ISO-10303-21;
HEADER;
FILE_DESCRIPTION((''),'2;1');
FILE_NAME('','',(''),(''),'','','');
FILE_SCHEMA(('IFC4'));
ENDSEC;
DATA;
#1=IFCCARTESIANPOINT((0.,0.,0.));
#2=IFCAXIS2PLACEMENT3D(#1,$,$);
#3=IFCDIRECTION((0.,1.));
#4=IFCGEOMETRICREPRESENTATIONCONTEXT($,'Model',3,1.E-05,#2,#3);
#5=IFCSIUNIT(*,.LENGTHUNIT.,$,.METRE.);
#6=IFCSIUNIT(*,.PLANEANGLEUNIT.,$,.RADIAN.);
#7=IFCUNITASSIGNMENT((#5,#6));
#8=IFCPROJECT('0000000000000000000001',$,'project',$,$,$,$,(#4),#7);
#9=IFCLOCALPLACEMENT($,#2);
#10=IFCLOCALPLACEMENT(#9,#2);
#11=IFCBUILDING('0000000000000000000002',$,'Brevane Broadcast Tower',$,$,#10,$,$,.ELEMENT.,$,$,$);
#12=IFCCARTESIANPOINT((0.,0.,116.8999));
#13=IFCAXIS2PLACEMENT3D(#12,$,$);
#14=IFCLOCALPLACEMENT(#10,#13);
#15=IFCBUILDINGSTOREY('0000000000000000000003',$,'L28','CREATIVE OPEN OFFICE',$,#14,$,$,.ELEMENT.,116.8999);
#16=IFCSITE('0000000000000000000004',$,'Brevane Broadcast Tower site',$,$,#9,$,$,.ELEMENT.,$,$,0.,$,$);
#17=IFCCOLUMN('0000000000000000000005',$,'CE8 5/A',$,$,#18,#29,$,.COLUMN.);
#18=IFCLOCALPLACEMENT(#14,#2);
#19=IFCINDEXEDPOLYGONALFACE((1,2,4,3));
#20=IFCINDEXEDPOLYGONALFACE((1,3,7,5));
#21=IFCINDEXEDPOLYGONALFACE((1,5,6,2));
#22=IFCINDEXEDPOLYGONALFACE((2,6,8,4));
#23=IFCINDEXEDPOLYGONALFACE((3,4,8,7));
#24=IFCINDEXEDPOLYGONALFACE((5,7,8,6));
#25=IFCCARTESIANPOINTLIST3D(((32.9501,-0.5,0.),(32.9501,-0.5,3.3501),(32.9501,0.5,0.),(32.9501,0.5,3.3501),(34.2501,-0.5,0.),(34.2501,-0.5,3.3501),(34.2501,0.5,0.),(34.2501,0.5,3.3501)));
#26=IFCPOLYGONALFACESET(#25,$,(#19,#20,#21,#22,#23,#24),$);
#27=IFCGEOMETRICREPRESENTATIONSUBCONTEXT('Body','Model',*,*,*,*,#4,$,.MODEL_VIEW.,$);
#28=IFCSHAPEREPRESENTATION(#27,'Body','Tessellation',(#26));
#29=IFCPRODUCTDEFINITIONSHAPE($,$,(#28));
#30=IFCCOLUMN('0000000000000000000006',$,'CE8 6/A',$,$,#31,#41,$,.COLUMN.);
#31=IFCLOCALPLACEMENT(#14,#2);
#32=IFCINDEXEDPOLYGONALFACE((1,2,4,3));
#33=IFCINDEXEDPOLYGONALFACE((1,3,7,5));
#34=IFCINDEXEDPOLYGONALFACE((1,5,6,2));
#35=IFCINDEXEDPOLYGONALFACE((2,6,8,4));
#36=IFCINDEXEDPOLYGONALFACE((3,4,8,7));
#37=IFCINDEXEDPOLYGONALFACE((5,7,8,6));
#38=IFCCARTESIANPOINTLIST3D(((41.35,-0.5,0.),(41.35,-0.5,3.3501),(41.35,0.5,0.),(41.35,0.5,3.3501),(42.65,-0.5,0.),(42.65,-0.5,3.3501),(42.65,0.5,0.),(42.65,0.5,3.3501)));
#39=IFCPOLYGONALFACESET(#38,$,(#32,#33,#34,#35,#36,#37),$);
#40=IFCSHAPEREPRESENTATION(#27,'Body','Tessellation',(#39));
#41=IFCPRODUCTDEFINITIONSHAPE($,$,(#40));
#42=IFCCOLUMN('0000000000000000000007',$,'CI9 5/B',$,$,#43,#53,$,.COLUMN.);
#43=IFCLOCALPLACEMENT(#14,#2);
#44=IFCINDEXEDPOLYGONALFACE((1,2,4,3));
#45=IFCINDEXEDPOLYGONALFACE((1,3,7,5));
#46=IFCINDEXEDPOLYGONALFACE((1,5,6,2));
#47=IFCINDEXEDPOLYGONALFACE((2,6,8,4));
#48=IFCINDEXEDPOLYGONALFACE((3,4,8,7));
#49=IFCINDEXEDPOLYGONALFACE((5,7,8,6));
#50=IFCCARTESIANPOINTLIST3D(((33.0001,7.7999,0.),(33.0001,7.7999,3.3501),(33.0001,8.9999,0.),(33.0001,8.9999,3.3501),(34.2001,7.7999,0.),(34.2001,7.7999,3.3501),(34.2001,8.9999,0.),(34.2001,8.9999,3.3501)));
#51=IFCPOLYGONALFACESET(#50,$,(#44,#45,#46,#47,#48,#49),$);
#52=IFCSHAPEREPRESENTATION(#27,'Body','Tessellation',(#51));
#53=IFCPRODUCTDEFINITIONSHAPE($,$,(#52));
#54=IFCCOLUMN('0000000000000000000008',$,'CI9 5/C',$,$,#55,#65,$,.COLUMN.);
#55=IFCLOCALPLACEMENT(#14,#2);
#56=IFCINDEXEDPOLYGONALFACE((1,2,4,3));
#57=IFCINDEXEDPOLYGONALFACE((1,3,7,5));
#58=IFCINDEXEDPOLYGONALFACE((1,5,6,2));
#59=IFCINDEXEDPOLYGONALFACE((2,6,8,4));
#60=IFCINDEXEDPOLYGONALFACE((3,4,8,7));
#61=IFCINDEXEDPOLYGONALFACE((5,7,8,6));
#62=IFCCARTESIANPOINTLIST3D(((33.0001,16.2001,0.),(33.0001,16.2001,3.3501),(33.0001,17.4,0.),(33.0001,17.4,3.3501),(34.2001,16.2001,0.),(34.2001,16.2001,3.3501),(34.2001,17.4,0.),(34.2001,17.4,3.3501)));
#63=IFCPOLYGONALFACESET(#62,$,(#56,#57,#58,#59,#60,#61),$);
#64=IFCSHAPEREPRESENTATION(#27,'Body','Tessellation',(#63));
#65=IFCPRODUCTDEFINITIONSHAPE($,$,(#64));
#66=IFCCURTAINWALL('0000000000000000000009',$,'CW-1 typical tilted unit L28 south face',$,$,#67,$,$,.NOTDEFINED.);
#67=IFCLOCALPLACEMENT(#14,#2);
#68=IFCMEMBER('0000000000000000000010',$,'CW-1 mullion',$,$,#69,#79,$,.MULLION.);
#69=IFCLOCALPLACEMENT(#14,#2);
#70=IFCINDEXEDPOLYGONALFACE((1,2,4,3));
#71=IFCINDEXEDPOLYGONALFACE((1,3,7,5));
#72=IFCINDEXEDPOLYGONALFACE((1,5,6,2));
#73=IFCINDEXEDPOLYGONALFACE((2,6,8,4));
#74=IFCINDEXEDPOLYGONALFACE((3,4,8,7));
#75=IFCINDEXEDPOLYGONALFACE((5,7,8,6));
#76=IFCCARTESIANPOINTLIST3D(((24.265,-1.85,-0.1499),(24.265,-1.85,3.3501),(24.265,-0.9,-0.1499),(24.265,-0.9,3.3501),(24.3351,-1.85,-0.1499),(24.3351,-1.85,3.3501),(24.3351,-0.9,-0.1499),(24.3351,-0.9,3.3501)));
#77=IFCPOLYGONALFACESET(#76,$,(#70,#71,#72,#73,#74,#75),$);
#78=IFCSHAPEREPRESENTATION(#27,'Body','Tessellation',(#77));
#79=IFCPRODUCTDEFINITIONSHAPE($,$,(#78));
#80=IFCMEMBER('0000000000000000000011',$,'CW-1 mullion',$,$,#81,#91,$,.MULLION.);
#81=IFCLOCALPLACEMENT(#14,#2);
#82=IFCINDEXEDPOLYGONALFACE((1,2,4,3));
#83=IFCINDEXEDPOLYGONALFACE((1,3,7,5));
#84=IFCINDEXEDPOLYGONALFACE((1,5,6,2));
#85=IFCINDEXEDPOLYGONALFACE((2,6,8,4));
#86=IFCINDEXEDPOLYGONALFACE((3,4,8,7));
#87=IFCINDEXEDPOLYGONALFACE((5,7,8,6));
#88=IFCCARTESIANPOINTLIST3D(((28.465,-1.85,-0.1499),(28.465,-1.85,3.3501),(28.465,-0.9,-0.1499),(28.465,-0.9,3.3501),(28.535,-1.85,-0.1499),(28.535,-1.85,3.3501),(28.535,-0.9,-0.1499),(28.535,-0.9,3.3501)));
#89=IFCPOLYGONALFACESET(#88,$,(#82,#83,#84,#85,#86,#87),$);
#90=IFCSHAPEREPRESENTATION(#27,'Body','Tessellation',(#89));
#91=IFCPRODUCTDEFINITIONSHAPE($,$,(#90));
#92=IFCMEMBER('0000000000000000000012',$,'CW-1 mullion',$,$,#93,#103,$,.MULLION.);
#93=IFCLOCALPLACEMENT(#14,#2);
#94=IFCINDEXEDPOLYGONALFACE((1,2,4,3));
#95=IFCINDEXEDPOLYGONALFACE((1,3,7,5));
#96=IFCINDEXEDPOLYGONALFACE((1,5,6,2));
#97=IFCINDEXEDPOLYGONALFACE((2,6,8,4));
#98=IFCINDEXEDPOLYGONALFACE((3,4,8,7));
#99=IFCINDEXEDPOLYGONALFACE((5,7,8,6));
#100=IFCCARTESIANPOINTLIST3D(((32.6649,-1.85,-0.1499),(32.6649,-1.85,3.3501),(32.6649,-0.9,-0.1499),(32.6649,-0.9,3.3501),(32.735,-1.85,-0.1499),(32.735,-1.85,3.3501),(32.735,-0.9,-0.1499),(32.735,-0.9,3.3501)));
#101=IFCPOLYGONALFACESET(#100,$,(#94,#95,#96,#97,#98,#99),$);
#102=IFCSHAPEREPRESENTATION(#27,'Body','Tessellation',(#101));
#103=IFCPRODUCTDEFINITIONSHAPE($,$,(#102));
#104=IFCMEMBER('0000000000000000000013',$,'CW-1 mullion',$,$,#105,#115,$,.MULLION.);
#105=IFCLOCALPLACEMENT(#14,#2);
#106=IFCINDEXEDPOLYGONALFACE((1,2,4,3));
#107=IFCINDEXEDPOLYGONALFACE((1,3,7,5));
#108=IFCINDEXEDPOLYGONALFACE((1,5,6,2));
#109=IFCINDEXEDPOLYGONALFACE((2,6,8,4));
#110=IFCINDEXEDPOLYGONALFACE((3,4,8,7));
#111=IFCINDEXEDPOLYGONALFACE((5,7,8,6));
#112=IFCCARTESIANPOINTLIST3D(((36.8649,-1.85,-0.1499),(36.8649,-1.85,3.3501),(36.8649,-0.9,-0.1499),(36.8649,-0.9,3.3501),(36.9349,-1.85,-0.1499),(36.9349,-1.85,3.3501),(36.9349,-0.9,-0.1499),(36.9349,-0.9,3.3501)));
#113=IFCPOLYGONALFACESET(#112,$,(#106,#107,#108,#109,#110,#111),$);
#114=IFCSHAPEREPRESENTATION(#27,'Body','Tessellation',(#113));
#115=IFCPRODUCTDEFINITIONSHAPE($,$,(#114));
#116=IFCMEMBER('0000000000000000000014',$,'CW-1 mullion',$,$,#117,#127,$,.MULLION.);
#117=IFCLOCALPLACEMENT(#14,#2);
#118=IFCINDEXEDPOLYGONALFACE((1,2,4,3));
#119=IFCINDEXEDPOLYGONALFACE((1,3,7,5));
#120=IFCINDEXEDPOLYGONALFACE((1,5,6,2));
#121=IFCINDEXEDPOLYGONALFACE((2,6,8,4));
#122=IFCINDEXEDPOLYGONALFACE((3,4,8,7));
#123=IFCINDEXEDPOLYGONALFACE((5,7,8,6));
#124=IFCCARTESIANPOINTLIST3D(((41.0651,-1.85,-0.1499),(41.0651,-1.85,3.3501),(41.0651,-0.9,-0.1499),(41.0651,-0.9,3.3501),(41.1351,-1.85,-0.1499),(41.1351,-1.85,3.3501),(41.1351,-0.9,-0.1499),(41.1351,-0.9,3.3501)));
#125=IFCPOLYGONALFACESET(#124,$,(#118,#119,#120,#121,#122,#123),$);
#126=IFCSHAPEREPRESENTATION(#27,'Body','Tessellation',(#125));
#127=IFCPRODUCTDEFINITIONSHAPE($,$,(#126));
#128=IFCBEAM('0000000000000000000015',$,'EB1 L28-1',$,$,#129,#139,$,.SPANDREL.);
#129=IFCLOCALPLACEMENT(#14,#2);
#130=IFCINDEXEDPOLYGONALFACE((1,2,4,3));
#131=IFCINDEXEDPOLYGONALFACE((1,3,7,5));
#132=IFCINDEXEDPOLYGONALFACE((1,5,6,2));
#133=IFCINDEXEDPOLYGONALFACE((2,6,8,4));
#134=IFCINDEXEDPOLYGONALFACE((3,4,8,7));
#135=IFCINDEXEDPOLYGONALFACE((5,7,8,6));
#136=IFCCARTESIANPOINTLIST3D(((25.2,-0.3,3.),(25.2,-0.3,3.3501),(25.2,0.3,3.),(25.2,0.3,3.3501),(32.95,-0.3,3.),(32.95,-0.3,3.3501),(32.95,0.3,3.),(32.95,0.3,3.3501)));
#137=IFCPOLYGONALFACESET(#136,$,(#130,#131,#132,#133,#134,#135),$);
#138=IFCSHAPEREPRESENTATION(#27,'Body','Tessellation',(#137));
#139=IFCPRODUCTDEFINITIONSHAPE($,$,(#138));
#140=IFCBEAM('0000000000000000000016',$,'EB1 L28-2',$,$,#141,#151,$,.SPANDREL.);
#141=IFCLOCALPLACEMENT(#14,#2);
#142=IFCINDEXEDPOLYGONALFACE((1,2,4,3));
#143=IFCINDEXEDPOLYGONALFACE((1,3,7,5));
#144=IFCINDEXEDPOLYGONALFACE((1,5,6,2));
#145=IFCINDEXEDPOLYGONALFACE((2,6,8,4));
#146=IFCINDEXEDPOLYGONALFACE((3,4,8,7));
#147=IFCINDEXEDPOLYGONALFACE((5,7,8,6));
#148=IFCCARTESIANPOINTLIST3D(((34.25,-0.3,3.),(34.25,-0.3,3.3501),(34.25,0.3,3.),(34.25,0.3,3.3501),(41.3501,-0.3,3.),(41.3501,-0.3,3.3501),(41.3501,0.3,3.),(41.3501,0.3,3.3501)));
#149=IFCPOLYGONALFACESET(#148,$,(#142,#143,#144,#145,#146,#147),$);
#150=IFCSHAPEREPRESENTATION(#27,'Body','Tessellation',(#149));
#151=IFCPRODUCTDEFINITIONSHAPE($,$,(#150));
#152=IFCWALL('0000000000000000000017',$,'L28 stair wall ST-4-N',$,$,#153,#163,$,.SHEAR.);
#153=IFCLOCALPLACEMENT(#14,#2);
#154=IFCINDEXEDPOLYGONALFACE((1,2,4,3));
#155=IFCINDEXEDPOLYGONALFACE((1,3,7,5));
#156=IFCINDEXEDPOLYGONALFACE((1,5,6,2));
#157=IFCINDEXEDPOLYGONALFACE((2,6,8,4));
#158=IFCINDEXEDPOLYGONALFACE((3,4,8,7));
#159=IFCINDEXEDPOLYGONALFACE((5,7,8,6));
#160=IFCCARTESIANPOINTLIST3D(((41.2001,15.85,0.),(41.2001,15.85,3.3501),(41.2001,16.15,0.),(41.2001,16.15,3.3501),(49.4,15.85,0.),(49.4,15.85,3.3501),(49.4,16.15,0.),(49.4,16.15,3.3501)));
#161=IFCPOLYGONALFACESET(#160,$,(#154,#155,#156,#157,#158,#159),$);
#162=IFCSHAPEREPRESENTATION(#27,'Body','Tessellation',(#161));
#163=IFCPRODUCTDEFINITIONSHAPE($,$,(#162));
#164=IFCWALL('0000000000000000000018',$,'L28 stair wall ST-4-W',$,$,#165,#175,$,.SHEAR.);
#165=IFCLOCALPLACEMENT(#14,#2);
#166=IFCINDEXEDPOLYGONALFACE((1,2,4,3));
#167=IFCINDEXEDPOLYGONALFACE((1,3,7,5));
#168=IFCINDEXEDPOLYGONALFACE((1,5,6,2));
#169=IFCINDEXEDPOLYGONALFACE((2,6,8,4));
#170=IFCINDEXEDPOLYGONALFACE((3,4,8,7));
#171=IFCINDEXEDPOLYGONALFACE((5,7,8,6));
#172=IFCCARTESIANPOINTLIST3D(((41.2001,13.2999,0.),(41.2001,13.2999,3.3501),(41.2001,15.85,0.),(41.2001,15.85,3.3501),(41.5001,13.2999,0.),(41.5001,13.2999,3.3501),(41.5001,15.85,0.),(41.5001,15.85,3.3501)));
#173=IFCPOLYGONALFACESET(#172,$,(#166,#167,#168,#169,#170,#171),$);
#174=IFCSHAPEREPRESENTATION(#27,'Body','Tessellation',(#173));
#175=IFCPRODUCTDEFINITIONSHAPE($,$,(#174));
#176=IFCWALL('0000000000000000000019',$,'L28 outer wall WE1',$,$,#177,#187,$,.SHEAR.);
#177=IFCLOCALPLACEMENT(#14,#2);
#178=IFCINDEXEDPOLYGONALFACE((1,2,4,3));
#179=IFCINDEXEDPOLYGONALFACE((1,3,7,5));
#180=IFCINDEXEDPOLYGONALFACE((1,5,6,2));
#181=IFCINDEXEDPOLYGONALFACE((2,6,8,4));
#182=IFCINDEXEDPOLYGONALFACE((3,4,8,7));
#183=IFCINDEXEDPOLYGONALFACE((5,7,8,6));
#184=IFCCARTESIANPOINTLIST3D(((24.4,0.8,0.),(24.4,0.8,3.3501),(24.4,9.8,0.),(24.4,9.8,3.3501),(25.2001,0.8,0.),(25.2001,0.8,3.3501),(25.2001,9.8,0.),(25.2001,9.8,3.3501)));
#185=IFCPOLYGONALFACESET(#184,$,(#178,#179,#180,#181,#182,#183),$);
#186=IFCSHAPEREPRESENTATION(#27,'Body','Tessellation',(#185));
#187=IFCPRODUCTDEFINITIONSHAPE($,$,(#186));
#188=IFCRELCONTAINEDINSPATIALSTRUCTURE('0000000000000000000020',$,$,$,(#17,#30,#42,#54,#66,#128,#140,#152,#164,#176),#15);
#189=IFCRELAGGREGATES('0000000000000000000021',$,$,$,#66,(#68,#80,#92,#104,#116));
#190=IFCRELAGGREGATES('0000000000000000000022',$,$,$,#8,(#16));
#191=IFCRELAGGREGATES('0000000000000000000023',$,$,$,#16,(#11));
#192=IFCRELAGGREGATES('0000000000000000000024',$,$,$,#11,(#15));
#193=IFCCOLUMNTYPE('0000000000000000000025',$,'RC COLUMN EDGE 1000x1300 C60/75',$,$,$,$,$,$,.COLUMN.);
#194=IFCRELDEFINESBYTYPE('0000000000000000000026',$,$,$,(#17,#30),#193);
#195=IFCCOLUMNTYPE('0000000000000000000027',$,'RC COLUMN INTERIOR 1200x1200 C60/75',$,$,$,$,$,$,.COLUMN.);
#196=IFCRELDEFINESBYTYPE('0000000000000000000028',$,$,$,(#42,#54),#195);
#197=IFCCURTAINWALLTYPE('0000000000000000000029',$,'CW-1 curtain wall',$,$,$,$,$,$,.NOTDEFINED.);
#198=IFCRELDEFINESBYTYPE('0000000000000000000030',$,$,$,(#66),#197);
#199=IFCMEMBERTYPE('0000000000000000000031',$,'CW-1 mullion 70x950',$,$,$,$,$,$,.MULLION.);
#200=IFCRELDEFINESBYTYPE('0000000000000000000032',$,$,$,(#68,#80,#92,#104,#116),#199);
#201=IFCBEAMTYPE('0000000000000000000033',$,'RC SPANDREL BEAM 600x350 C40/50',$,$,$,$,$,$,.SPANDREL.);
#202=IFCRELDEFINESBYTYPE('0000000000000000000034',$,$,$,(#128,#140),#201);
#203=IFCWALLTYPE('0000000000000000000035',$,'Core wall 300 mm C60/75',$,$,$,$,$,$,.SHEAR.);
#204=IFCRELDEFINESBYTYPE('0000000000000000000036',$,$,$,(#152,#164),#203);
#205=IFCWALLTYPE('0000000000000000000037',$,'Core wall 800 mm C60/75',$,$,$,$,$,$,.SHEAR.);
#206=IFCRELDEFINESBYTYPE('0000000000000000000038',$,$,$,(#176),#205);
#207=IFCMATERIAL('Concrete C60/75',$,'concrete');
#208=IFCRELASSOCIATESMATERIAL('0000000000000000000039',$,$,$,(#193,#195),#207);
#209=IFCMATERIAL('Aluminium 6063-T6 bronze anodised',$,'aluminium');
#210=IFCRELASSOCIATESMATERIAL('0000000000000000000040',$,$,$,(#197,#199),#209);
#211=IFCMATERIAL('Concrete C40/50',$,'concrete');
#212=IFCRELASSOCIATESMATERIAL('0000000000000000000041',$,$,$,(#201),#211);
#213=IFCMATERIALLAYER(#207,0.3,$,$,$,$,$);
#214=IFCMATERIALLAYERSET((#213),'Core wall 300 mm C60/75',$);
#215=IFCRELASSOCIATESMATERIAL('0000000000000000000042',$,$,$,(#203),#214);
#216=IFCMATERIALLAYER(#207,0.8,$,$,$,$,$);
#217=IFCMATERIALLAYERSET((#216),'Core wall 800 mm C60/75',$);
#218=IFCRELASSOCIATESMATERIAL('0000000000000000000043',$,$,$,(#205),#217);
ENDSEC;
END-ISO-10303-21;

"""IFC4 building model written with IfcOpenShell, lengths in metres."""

from ifc_helpers import new_model, si_unit, direction, frame, frame_2d, origin, origin_2d, place, context, subcontext, project, spatial, rectangle, extrude, material, layer, layer_set, material_profile, profile_set, type_object, element, aggregate, save


model = new_model("IFC4")

# Units and contexts
model_context = context("Model", 3, precision=1e-05, world=origin(), true_north=direction((0.0, 1.0)))
body_context = subcontext(model_context, "Body", "Model", "MODEL_VIEW")
ifc_project = project(units=[si_unit("LENGTHUNIT", "METRE"), si_unit("PLANEANGLEUNIT", "RADIAN")], contexts=[model_context])

# Site, building, storey
site_placement = place(None, origin())
site = spatial("IfcSite", under=ifc_project, at=site_placement, Name="Brevane Broadcast Tower site", CompositionType="ELEMENT", RefElevation=0.0)
building_placement = place(site_placement, origin())
building = spatial("IfcBuilding", under=site, at=building_placement, Name="Brevane Broadcast Tower", CompositionType="ELEMENT")
storey_placement = place(building_placement, frame((0.0, 0.0, 116.8999)))
storey = spatial("IfcBuildingStorey", under=building, at=storey_placement, Name="L28", Description="CREATIVE OPEN OFFICE", CompositionType="ELEMENT", Elevation=116.8999)

# Columns
ifc_material_1 = material(Name="Concrete C60/75", Category="concrete")
ifc_material_profile_1 = material_profile(ifc_material_1, rectangle(XDim=1.0, YDim=1.3, at=origin_2d()), Name="RC 1000x1300")
ifc_profile_set_1 = profile_set([ifc_material_profile_1], Name="Concrete C60/75")
column_type_1 = type_object("IfcColumnType", Name="RC COLUMN EDGE 1000x1300 C60/75", PredefinedType="COLUMN", material=ifc_profile_set_1)
for number, where, z_axis, x_axis, name in (
    (1, (33.6001, 0.0, 0.0), (0.0, 0.0, 1.0), (0.0, 1.0, 0.0), "CE8 5/A"),
    (2, (42.0, 0.0, 0.0), (0.0, 0.0, 1.0), (0.0, 1.0, 0.0), "CE8 6/A"),
):
    element("IfcColumn", number, at=place(storey_placement, frame(where, z_axis=z_axis, x_axis=x_axis)), inside=storey, type_object=column_type_1, Name=name, PredefinedType="COLUMN", context=body_context, shape_type="SweptSolid", body=[
        extrude(rectangle(XDim=1.0, YDim=1.3, at=origin_2d()), origin(), (0.0, 0.0, 1.0), 3.3501),
    ])
ifc_material_profile_2 = material_profile(ifc_material_1, rectangle(XDim=1.2, YDim=1.2, at=origin_2d()), Name="RC 1200x1200")
ifc_profile_set_2 = profile_set([ifc_material_profile_2], Name="Concrete C60/75")
column_type_2 = type_object("IfcColumnType", Name="RC COLUMN INTERIOR 1200x1200 C60/75", PredefinedType="COLUMN", material=ifc_profile_set_2)
for number, where, z_axis, x_axis, name in (
    (3, (33.6001, 8.3999, 0.0), (0.0, 0.0, 1.0), (1.0, 0.0, 0.0), "CI9 5/B"),
    (4, (33.6001, 16.8, 0.0), (0.0, 0.0, 1.0), (1.0, 0.0, 0.0), "CI9 5/C"),
):
    element("IfcColumn", number, at=place(storey_placement, frame(where, z_axis=z_axis, x_axis=x_axis)), inside=storey, type_object=column_type_2, Name=name, PredefinedType="COLUMN", context=body_context, shape_type="SweptSolid", body=[
        extrude(rectangle(XDim=1.2, YDim=1.2, at=origin_2d()), origin(), (0.0, 0.0, 1.0), 3.3501),
    ])

# Curtain wall, members
ifc_material_2 = material(Name="Aluminium 6063-T6 bronze anodised", Category="aluminium")
curtain_wall_type = type_object("IfcCurtainWallType", Name="CW-1 curtain wall", PredefinedType="NOTDEFINED", material=ifc_material_2)
curtain_wall_placement = place(storey_placement, origin())
curtain_wall = element("IfcCurtainWall", 5, at=curtain_wall_placement, inside=storey, type_object=curtain_wall_type, Name="CW-1 typical tilted unit L28 south face", PredefinedType="NOTDEFINED")
ifc_material_profile_3 = material_profile(ifc_material_2, rectangle(XDim=0.95, YDim=0.0701, at=origin_2d()), Name="RECT 70x950")
ifc_profile_set_3 = profile_set([ifc_material_profile_3], Name="Aluminium 6063-T6 bronze anodised")
member_type = type_object("IfcMemberType", Name="CW-1 mullion 70x950", PredefinedType="MULLION", material=ifc_profile_set_3)
member_1_placement = place(storey_placement, frame((24.3, -1.375, -0.1499), z_axis=(0.0, 0.0, 1.0), x_axis=(0.0, 1.0, 0.0)))
member_1 = element("IfcMember", 6, at=member_1_placement, type_object=member_type, Name="CW-1 mullion", PredefinedType="MULLION", context=body_context, shape_type="SweptSolid", body=[
    extrude(rectangle(XDim=0.95, YDim=0.0701, at=origin_2d()), origin(), (0.0, 0.0, 1.0), 3.5),
])
member_2_placement = place(storey_placement, frame((28.5, -1.375, -0.1499), z_axis=(0.0, 0.0, 1.0), x_axis=(0.0, 1.0, 0.0)))
member_2 = element("IfcMember", 7, at=member_2_placement, type_object=member_type, Name="CW-1 mullion", PredefinedType="MULLION", context=body_context, shape_type="SweptSolid", body=[
    extrude(rectangle(XDim=0.95, YDim=0.0701, at=origin_2d()), origin(), (0.0, 0.0, 1.0), 3.5),
])
member_3_placement = place(storey_placement, frame((32.7, -1.375, -0.1499), z_axis=(0.0, 0.0, 1.0), x_axis=(0.0, 1.0, 0.0)))
member_3 = element("IfcMember", 8, at=member_3_placement, type_object=member_type, Name="CW-1 mullion", PredefinedType="MULLION", context=body_context, shape_type="SweptSolid", body=[
    extrude(rectangle(XDim=0.95, YDim=0.0701, at=origin_2d()), origin(), (0.0, 0.0, 1.0), 3.5),
])
member_4_placement = place(storey_placement, frame((36.8999, -1.375, -0.1499), z_axis=(0.0, 0.0, 1.0), x_axis=(0.0, 1.0, 0.0)))
member_4 = element("IfcMember", 9, at=member_4_placement, type_object=member_type, Name="CW-1 mullion", PredefinedType="MULLION", context=body_context, shape_type="SweptSolid", body=[
    extrude(rectangle(XDim=0.95, YDim=0.0701, at=origin_2d()), origin(), (0.0, 0.0, 1.0), 3.5),
])
member_5_placement = place(storey_placement, frame((41.1001, -1.375, -0.1499), z_axis=(0.0, 0.0, 1.0), x_axis=(0.0, 1.0, 0.0)))
member_5 = element("IfcMember", 10, at=member_5_placement, type_object=member_type, Name="CW-1 mullion", PredefinedType="MULLION", context=body_context, shape_type="SweptSolid", body=[
    extrude(rectangle(XDim=0.95, YDim=0.0701, at=origin_2d()), origin(), (0.0, 0.0, 1.0), 3.5),
])
aggregate(curtain_wall, [member_1, member_2, member_3, member_4, member_5])

# Beams
ifc_material_3 = material(Name="Concrete C40/50", Category="concrete")
ifc_material_profile_4 = material_profile(ifc_material_3, rectangle(XDim=0.6001, YDim=0.3501, at=origin_2d()), Name="RC 600x350")
ifc_profile_set_4 = profile_set([ifc_material_profile_4], Name="Concrete C40/50")
beam_type = type_object("IfcBeamType", Name="RC SPANDREL BEAM 600x350 C40/50", PredefinedType="SPANDREL", material=ifc_profile_set_4)
beam_1_placement = place(storey_placement, frame((25.2, 0.0, 3.175), z_axis=(1.0, 0.0, 0.0), x_axis=(0.0, 1.0, 0.0)))
element("IfcBeam", 11, at=beam_1_placement, inside=storey, type_object=beam_type, Name="EB1 L28-1", PredefinedType="SPANDREL", context=body_context, shape_type="SweptSolid", body=[
    extrude(rectangle(XDim=0.6001, YDim=0.3501, at=origin_2d()), origin(), (0.0, 0.0, 1.0), 7.75),
])
beam_2_placement = place(storey_placement, frame((34.25, 0.0, 3.175), z_axis=(1.0, 0.0, 0.0), x_axis=(0.0, 1.0, 0.0)))
element("IfcBeam", 12, at=beam_2_placement, inside=storey, type_object=beam_type, Name="EB1 L28-2", PredefinedType="SPANDREL", context=body_context, shape_type="SweptSolid", body=[
    extrude(rectangle(XDim=0.6001, YDim=0.3501, at=origin_2d()), origin(), (0.0, 0.0, 1.0), 7.1001),
])

# Walls
ifc_layer_1 = layer(ifc_material_1, 0.3)
ifc_layer_set_1 = layer_set([ifc_layer_1], Name="Core wall 300 mm C60/75")
wall_type_1 = type_object("IfcWallType", Name="Core wall 300 mm C60/75", PredefinedType="SHEAR", material=ifc_layer_set_1)
wall_1_placement = place(storey_placement, frame((41.2, 16.0, 0.0), z_axis=(0.0, 0.0, 1.0), x_axis=(1.0, 0.0, 0.0)))
element("IfcWall", 13, at=wall_1_placement, inside=storey, type_object=wall_type_1, Name="L28 stair wall ST-4-N", PredefinedType="SHEAR", context=body_context, shape_type="SweptSolid", body=[
    extrude(rectangle(XDim=8.2, YDim=0.3, at=frame_2d((4.1001, 0.0))), origin(), (0.0, 0.0, 1.0), 3.3501),
])
wall_2_placement = place(storey_placement, frame((41.3501, 13.3, 0.0), z_axis=(0.0, 0.0, 1.0), x_axis=(0.0, 1.0, 0.0)))
element("IfcWall", 14, at=wall_2_placement, inside=storey, type_object=wall_type_1, Name="L28 stair wall ST-4-W", PredefinedType="SHEAR", context=body_context, shape_type="SweptSolid", body=[
    extrude(rectangle(XDim=2.55, YDim=0.3, at=frame_2d((1.2749, 0.0))), origin(), (0.0, 0.0, 1.0), 3.3501),
])
ifc_layer_2 = layer(ifc_material_1, 0.8)
ifc_layer_set_2 = layer_set([ifc_layer_2], Name="Core wall 800 mm C60/75")
wall_type_2 = type_object("IfcWallType", Name="Core wall 800 mm C60/75", PredefinedType="SHEAR", material=ifc_layer_set_2)
wall_3_placement = place(storey_placement, frame((24.8, 0.8, 0.0), z_axis=(0.0, 0.0, 1.0), x_axis=(0.0, 1.0, 0.0)))
element("IfcWall", 15, at=wall_3_placement, inside=storey, type_object=wall_type_2, Name="L28 outer wall WE1", PredefinedType="SHEAR", context=body_context, shape_type="SweptSolid", body=[
    extrude(rectangle(XDim=9.0, YDim=0.8, at=frame_2d((4.5, 0.0))), origin(), (0.0, 0.0, 1.0), 3.3501),
])

save(model, "model.ifc")
